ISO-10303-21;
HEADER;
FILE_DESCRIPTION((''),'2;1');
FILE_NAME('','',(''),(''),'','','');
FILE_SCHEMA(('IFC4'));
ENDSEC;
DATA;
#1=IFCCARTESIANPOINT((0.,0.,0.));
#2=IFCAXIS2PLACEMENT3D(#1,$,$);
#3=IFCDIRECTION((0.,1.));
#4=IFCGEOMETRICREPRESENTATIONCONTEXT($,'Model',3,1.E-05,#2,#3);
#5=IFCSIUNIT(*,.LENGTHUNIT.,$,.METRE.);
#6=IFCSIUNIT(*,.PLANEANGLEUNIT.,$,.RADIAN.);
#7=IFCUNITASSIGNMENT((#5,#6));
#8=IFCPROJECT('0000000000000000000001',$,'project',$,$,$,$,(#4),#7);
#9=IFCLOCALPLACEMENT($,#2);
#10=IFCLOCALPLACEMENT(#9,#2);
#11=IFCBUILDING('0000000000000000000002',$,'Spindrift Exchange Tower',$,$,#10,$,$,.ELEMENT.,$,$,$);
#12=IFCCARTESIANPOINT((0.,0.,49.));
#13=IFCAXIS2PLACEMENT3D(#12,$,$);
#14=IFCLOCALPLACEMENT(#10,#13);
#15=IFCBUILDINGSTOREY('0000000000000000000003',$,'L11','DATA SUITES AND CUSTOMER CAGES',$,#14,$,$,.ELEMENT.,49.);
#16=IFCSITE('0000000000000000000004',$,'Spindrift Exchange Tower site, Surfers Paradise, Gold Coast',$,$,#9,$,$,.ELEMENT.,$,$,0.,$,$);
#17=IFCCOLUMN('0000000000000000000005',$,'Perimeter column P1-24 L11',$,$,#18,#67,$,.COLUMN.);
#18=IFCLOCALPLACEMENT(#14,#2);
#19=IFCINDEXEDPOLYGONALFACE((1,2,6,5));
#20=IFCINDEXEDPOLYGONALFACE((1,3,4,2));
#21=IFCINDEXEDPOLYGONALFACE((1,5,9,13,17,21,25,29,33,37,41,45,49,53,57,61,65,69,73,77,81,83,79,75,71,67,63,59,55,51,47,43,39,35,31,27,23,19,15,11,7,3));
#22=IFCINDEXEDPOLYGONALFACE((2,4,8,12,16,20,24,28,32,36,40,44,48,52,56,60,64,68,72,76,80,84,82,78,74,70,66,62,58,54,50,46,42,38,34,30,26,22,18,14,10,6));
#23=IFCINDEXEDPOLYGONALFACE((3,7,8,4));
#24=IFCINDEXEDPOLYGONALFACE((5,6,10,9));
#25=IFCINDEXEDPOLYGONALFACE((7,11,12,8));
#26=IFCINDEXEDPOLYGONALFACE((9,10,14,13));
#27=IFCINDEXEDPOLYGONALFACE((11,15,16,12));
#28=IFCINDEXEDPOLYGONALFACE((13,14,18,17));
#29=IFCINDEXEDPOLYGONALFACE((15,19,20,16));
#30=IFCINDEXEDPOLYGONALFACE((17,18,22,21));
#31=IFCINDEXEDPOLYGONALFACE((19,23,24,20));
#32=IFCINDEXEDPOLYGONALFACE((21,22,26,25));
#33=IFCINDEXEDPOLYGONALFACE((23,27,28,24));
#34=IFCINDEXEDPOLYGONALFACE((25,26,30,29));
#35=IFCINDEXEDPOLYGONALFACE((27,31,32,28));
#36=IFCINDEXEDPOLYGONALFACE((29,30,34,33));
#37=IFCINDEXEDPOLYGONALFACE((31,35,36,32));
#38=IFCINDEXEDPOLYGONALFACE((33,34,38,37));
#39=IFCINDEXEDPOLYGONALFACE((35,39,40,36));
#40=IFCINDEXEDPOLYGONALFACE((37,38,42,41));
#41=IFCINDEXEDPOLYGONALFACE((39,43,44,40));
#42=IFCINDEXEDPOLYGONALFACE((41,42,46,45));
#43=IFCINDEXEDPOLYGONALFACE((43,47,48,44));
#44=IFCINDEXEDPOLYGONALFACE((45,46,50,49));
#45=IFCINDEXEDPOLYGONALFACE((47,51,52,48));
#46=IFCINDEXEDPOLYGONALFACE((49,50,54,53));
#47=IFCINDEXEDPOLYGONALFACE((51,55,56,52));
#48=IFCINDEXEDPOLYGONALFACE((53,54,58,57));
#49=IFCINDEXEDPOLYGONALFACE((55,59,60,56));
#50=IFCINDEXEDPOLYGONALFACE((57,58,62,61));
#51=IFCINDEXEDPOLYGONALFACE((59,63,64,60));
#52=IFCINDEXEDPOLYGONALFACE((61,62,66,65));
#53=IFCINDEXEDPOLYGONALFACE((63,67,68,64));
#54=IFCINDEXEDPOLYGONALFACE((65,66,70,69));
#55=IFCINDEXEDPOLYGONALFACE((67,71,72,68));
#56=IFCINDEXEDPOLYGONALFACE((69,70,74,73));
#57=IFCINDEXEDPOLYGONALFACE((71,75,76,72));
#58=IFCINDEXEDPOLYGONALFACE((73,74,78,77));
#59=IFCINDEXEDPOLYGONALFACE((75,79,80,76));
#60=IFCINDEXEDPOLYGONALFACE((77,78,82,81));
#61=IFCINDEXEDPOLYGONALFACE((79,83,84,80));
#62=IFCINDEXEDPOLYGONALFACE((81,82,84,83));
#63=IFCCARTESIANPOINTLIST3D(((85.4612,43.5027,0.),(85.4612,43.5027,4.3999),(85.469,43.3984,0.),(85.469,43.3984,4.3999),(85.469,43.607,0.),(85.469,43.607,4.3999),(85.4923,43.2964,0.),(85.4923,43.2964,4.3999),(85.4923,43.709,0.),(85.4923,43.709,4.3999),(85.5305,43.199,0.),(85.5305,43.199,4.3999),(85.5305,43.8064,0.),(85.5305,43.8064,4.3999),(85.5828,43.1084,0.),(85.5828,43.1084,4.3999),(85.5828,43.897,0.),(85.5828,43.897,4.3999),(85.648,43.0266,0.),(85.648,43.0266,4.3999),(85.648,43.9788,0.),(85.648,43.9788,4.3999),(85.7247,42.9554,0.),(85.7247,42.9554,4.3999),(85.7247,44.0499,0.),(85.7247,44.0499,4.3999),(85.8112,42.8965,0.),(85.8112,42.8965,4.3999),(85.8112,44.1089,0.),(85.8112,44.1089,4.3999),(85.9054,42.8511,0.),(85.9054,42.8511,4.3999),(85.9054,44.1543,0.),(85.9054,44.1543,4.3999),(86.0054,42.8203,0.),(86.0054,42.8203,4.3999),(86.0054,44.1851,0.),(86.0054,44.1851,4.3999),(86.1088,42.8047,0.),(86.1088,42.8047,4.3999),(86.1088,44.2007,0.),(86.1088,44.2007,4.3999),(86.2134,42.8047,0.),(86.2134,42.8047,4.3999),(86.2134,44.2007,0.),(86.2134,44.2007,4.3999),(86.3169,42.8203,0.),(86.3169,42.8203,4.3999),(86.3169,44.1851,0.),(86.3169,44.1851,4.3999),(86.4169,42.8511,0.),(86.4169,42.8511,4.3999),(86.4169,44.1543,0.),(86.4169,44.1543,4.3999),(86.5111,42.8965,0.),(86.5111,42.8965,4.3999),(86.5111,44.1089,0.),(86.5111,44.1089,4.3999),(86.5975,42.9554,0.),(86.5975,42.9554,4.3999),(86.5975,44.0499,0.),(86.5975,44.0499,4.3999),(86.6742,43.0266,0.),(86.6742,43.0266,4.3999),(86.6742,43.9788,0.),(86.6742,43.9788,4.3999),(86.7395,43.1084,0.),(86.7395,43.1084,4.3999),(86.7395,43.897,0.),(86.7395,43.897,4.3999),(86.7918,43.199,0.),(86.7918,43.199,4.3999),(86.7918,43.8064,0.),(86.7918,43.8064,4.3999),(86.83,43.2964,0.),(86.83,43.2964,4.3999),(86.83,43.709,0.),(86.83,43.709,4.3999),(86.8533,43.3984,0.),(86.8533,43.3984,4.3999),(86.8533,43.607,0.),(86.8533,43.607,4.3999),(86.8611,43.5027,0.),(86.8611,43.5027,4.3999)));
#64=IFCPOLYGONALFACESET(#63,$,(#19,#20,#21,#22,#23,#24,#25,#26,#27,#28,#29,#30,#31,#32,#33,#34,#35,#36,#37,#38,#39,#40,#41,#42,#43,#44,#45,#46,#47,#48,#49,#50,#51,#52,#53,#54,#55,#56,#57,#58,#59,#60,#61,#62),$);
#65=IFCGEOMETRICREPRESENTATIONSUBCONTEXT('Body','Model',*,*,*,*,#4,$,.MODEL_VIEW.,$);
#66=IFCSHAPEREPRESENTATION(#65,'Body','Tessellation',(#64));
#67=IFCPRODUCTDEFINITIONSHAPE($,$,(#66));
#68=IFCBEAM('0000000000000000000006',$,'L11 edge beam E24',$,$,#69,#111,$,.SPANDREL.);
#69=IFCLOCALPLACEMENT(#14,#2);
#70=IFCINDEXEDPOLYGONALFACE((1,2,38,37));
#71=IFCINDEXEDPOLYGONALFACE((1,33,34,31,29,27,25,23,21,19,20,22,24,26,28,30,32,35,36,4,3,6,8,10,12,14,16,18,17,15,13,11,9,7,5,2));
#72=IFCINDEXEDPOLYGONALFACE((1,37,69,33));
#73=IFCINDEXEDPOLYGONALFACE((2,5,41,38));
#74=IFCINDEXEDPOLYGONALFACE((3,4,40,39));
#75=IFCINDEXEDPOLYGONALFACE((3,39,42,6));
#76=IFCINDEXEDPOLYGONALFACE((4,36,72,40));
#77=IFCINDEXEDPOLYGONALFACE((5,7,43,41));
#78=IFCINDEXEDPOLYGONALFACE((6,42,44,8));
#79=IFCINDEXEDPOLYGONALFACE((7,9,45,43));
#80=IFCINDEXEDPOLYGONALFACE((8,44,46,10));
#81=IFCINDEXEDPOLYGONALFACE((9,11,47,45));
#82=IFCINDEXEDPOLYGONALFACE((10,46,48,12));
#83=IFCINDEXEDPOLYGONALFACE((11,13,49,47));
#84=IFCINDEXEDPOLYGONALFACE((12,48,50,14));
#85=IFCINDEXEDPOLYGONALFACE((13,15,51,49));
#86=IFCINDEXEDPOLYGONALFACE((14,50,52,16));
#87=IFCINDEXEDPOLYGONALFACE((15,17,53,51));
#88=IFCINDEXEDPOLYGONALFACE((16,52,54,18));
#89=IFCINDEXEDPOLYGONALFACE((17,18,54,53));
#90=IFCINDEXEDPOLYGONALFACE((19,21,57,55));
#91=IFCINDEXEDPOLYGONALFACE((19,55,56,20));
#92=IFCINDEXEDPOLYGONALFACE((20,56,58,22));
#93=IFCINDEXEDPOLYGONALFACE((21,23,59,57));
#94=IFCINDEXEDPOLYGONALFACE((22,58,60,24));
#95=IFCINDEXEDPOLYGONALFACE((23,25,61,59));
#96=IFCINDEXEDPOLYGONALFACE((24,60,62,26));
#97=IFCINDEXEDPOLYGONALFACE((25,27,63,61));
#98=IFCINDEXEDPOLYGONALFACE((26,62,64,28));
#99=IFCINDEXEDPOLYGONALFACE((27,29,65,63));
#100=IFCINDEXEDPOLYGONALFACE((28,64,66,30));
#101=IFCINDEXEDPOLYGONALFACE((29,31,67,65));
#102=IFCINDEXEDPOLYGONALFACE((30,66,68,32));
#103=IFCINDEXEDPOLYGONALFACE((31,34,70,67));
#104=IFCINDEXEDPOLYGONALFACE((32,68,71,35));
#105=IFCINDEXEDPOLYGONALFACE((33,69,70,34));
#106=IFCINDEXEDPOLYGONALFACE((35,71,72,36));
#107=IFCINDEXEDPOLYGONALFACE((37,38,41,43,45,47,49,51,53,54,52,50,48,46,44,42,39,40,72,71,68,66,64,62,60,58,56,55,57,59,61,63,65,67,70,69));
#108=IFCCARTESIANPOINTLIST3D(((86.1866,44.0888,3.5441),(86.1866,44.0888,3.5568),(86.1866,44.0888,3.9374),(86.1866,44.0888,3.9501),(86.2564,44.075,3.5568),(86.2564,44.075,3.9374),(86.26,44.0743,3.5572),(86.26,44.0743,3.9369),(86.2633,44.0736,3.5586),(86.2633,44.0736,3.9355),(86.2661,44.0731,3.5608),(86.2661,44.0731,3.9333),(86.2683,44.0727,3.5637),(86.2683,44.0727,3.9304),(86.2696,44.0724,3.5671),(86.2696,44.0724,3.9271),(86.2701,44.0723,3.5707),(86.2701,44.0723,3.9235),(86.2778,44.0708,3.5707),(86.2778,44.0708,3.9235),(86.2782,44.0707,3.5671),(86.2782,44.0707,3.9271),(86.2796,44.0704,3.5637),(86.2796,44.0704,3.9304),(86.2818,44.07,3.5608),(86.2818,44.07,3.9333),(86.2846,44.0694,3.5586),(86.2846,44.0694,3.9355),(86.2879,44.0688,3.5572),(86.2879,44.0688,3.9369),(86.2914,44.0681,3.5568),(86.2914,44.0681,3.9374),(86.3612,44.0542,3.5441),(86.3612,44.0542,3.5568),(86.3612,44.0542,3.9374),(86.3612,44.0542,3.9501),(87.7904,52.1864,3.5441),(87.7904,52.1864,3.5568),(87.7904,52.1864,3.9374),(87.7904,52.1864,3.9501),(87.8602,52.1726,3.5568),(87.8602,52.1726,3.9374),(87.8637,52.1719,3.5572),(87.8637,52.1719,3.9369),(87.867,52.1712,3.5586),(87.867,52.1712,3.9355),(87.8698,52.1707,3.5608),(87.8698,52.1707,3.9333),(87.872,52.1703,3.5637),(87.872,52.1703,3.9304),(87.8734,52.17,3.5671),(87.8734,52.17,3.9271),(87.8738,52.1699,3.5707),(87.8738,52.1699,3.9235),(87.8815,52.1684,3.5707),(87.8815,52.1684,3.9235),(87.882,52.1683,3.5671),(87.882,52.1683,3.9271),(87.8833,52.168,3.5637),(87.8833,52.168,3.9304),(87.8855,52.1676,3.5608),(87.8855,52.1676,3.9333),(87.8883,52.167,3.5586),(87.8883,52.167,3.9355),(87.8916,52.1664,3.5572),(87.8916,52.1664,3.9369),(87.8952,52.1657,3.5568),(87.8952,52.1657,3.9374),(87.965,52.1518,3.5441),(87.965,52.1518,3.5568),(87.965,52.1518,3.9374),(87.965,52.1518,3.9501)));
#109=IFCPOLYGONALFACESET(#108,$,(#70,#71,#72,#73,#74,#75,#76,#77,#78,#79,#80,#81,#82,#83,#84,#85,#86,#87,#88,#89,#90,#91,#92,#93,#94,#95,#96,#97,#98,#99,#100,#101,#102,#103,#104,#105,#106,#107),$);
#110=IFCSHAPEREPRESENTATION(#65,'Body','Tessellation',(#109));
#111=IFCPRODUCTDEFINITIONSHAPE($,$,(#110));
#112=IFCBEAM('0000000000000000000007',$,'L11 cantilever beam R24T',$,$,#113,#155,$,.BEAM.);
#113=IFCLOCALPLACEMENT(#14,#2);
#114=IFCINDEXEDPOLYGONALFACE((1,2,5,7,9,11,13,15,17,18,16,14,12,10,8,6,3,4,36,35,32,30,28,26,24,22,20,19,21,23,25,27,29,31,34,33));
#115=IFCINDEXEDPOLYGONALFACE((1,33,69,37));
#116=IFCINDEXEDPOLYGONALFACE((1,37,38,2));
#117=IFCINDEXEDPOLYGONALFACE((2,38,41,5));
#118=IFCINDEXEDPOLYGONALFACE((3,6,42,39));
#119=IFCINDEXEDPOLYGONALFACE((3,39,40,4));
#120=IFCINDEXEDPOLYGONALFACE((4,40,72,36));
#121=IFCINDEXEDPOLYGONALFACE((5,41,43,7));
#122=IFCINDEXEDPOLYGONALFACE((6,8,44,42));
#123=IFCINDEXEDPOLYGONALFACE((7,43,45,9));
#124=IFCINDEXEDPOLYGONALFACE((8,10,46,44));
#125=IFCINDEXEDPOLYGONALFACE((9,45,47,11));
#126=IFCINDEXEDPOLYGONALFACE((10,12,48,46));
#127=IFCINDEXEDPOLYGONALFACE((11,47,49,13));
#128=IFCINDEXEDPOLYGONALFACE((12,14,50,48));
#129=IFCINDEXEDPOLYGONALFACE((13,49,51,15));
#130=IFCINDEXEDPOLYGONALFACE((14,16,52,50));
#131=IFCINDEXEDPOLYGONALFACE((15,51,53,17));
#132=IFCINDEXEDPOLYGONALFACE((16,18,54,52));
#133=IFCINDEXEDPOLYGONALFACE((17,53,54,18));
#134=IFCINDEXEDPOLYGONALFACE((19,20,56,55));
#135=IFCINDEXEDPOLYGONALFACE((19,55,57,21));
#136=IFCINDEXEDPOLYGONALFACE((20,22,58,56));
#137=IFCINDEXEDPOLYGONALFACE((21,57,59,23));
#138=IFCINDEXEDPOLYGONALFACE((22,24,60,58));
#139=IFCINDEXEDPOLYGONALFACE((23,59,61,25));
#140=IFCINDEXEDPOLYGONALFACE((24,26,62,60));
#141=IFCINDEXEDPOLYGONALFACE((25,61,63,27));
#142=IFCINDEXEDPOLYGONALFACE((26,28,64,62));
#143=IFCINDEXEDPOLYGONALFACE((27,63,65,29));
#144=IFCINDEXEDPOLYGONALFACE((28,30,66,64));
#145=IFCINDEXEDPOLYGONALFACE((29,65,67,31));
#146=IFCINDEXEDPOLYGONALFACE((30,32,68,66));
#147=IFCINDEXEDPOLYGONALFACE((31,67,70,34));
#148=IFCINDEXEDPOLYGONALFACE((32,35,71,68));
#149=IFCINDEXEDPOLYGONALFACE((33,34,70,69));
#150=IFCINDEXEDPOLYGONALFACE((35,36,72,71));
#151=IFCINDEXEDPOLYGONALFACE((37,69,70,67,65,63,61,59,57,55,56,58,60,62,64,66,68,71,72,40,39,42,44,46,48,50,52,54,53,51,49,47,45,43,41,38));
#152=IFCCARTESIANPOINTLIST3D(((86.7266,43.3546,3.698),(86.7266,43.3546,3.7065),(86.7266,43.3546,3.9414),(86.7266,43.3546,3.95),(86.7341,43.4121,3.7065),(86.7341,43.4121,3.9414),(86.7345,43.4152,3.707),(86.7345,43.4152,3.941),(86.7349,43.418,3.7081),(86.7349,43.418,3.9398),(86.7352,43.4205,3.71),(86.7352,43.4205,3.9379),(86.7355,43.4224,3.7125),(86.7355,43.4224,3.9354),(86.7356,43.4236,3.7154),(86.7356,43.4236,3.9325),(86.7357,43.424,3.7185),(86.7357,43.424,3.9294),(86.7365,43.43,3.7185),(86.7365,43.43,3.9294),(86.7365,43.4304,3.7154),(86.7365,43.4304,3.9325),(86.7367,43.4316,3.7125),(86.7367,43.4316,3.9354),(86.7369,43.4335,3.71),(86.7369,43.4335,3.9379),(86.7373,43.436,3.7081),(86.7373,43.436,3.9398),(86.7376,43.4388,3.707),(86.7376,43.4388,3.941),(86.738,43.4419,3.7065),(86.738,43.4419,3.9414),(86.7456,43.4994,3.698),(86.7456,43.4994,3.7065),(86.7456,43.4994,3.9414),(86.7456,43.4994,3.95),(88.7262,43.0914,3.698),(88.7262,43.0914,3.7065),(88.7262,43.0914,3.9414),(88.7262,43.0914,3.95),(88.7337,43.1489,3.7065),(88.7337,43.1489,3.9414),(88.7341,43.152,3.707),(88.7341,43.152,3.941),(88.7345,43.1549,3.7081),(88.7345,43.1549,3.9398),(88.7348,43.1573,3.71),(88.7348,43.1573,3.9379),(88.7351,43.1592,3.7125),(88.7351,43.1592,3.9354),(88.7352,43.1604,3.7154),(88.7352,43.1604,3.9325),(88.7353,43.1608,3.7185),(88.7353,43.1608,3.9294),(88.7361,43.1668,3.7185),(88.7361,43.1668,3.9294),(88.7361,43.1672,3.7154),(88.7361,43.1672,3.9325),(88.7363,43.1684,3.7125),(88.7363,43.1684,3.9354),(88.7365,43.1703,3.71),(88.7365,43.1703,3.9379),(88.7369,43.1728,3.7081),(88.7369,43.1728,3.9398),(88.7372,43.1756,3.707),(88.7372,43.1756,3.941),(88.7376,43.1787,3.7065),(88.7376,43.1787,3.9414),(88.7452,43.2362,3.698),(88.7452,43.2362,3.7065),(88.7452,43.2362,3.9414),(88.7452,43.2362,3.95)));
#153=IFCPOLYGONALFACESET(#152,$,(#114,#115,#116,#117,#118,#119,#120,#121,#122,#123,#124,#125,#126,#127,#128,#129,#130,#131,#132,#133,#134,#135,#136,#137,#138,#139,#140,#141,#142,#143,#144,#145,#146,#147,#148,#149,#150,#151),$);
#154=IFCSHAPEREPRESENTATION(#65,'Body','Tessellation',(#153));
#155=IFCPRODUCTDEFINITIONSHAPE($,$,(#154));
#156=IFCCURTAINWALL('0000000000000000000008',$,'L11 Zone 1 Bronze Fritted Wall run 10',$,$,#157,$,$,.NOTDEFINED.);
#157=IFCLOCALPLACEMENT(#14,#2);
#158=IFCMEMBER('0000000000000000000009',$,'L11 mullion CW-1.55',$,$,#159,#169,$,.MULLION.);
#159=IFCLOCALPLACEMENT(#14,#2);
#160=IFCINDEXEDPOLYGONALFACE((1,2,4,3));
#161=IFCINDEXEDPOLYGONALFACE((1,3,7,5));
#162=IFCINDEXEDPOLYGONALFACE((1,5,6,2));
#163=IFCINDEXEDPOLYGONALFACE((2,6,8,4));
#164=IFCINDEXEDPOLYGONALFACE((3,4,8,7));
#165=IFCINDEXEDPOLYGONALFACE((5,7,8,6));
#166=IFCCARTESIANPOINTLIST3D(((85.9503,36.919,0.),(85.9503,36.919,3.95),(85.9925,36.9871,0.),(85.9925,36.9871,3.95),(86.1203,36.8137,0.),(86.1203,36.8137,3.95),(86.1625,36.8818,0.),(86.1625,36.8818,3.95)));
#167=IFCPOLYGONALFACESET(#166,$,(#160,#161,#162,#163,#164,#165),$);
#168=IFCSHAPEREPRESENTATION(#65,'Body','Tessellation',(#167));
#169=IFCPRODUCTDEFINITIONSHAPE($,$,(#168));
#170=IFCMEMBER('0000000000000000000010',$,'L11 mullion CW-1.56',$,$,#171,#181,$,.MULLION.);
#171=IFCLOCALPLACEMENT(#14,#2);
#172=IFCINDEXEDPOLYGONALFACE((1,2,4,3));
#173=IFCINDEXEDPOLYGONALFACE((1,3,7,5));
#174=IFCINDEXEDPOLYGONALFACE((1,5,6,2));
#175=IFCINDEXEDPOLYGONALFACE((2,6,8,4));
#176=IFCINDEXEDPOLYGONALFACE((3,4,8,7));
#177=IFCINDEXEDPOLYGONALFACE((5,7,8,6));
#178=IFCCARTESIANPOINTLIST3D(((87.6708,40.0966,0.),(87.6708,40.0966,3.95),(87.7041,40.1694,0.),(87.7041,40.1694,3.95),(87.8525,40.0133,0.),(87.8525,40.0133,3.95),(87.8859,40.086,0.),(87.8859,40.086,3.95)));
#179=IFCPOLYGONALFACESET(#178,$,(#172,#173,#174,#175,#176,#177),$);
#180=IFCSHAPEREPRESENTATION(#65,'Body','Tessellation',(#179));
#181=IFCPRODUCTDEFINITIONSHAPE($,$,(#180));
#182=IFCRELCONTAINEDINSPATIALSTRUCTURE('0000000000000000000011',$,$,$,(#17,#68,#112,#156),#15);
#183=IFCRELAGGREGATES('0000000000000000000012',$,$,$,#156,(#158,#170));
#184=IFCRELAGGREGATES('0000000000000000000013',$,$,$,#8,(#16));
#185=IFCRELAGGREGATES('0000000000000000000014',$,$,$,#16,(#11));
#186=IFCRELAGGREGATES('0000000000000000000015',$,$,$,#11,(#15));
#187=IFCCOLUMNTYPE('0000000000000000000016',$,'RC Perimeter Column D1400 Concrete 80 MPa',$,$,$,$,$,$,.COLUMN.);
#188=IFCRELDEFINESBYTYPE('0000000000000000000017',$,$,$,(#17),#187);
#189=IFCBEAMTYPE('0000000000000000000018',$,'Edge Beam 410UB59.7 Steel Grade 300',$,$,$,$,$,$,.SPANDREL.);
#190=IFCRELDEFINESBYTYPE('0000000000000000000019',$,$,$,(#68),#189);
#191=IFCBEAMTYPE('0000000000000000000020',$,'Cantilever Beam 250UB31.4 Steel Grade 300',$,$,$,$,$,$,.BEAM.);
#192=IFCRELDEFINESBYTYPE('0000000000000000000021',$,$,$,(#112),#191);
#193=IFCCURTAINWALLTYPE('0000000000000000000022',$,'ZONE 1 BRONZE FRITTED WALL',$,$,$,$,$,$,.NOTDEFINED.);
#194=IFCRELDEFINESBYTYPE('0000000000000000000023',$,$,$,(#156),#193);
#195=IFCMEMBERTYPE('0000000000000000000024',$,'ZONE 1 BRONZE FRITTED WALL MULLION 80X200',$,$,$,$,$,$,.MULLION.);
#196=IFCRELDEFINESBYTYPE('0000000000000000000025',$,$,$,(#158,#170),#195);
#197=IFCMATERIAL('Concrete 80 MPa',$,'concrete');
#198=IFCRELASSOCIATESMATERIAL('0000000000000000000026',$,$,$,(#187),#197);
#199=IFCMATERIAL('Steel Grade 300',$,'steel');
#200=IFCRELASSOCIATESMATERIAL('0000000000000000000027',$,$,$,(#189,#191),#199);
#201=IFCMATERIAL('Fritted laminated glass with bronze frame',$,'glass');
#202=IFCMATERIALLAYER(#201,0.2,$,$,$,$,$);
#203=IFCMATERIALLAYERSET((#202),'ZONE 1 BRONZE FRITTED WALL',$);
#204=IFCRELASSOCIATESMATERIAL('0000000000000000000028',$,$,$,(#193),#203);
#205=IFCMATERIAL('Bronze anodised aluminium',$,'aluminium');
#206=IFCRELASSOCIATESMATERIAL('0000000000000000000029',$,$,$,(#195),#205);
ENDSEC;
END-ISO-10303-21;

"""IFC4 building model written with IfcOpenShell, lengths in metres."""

from ifc_helpers import new_model, si_unit, direction, frame, origin, origin_2d, place, context, subcontext, project, spatial, rectangle, circle, i_section, extrude, source, transform, mapped, material, layer, layer_set, material_profile, profile_set, type_object, element, aggregate, save


model = new_model("IFC4")

# Units and contexts
model_context = context("Model", 3, precision=1e-05, world=origin(), true_north=direction((0.0, 1.0)))
body_context = subcontext(model_context, "Body", "Model", "MODEL_VIEW")
ifc_project = project(units=[si_unit("LENGTHUNIT", "METRE"), si_unit("PLANEANGLEUNIT", "RADIAN")], contexts=[model_context])

# Site, building, storey
site_placement = place(None, origin())
site = spatial("IfcSite", under=ifc_project, at=site_placement, Name="Spindrift Exchange Tower site, Surfers Paradise, Gold Coast", CompositionType="ELEMENT", RefElevation=0.0)
building_placement = place(site_placement, origin())
building = spatial("IfcBuilding", under=site, at=building_placement, Name="Spindrift Exchange Tower", CompositionType="ELEMENT")
storey_placement = place(building_placement, frame((0.0, 0.0, 49.0)))
storey = spatial("IfcBuildingStorey", under=building, at=storey_placement, Name="L11", Description="DATA SUITES AND CUSTOMER CAGES", CompositionType="ELEMENT", Elevation=49.0)

# Column
ifc_material_1 = material(Name="Concrete 80 MPa", Category="concrete")
ifc_material_profile_1 = material_profile(ifc_material_1, circle(Radius=0.7, at=origin_2d()), Name="RC D1400")
ifc_profile_set_1 = profile_set([ifc_material_profile_1], Name="Concrete 80 MPa")
column_type = type_object("IfcColumnType", Name="RC Perimeter Column D1400 Concrete 80 MPa", PredefinedType="COLUMN", material=ifc_profile_set_1)
shared_shape_1 = source(origin(), body_context, "Body", "SweptSolid", [
    extrude(circle(Radius=0.7, at=origin_2d()), origin(), (0.0, 0.0, 1.0), 4.3999),
])
column_placement = place(storey_placement, frame((86.1611, 43.5027, 0.0), z_axis=(0.0, 0.0, 1.0), x_axis=(1.0, 0.0, 0.0)))
element("IfcColumn", 1, at=column_placement, inside=storey, type_object=column_type, Name="Perimeter column P1-24 L11", PredefinedType="COLUMN", context=body_context, shape_type="MappedRepresentation", body=[
    mapped(shared_shape_1, transform((0.0, 0.0, 0.0), scale=1.0)),
])

# Beams
ifc_material_2 = material(Name="Steel Grade 300", Category="steel")
ifc_material_profile_2 = material_profile(ifc_material_2, i_section(OverallWidth=0.178, OverallDepth=0.406, WebThickness=0.0078, FlangeThickness=0.0127, FilletRadius=0.0139, at=origin_2d()), Name="410UB59.7")
ifc_profile_set_2 = profile_set([ifc_material_profile_2], Name="Steel Grade 300")
beam_type_1 = type_object("IfcBeamType", Name="Edge Beam 410UB59.7 Steel Grade 300", PredefinedType="SPANDREL", material=ifc_profile_set_2)
shared_shape_2 = source(origin(), body_context, "Body", "SweptSolid", [
    extrude(i_section(OverallWidth=0.178, OverallDepth=0.406, WebThickness=0.0078, FlangeThickness=0.0127, FilletRadius=0.0139, at=origin_2d()), origin(), (0.0, 0.0, 1.0), 8.2549),
])
beam_1_placement = place(storey_placement, frame((86.2739, 44.0715, 3.7471), z_axis=(0.194279, 0.980946, 0.0), x_axis=(-0.980946, 0.194279, 0.0)))
element("IfcBeam", 2, at=beam_1_placement, inside=storey, type_object=beam_type_1, Name="L11 edge beam E24", PredefinedType="SPANDREL", context=body_context, shape_type="MappedRepresentation", body=[
    mapped(shared_shape_2, transform((0.0, 0.0, 0.0), scale=1.0)),
])
ifc_material_profile_3 = material_profile(ifc_material_2, i_section(OverallWidth=0.146, OverallDepth=0.252, WebThickness=0.0061, FlangeThickness=0.0085, FilletRadius=0.012, at=origin_2d()), Name="250UB31.4")
ifc_profile_set_3 = profile_set([ifc_material_profile_3], Name="Steel Grade 300")
beam_type_2 = type_object("IfcBeamType", Name="Cantilever Beam 250UB31.4 Steel Grade 300", PredefinedType="BEAM", material=ifc_profile_set_3)
shared_shape_3 = source(origin(), body_context, "Body", "SweptSolid", [
    extrude(i_section(OverallWidth=0.146, OverallDepth=0.252, WebThickness=0.0061, FlangeThickness=0.0085, FilletRadius=0.012, at=origin_2d()), origin(), (0.0, 0.0, 1.0), 2.0168),
])
beam_2_placement = place(storey_placement, frame((86.7361, 43.427, 3.824), z_axis=(0.991449, -0.130498, 0.0), x_axis=(0.130498, 0.991449, 0.0)))
element("IfcBeam", 3, at=beam_2_placement, inside=storey, type_object=beam_type_2, Name="L11 cantilever beam R24T", PredefinedType="BEAM", context=body_context, shape_type="MappedRepresentation", body=[
    mapped(shared_shape_3, transform((0.0, 0.0, 0.0), scale=1.0)),
])

# Curtain wall, members
ifc_material_3 = material(Name="Fritted laminated glass with bronze frame", Category="glass")
ifc_layer_1 = layer(ifc_material_3, 0.2)
ifc_layer_set_1 = layer_set([ifc_layer_1], Name="ZONE 1 BRONZE FRITTED WALL")
curtain_wall_type = type_object("IfcCurtainWallType", Name="ZONE 1 BRONZE FRITTED WALL", PredefinedType="NOTDEFINED", material=ifc_layer_set_1)
curtain_wall_placement = place(storey_placement, origin())
curtain_wall = element("IfcCurtainWall", 4, at=curtain_wall_placement, inside=storey, type_object=curtain_wall_type, Name="L11 Zone 1 Bronze Fritted Wall run 10", PredefinedType="NOTDEFINED")
ifc_material_4 = material(Name="Bronze anodised aluminium", Category="aluminium")
ifc_material_profile_4 = material_profile(ifc_material_4, rectangle(XDim=0.0801, YDim=0.2, at=origin_2d()), Name="ZONE 1 BRONZE FRITTED WALL MULLION 80X200")
ifc_profile_set_4 = profile_set([ifc_material_profile_4], Name="Bronze anodised aluminium")
member_type_1 = type_object("IfcMemberType", Name="ZONE 1 BRONZE FRITTED WALL MULLION 80X200", PredefinedType="MULLION", material=ifc_profile_set_4)
shared_shape_4 = source(origin(), body_context, "Body", "SweptSolid", [
    extrude(rectangle(XDim=0.0801, YDim=0.2, at=origin_2d()), origin(), (0.0, 0.0, 1.0), 3.95),
])
member_1_placement = place(storey_placement, frame((86.0564, 36.9004, 0.0), z_axis=(0.0, 0.0, 1.0), x_axis=(0.526561, 0.850137, 0.0)))
member_1 = element("IfcMember", 5, at=member_1_placement, type_object=member_type_1, Name="L11 mullion CW-1.55", PredefinedType="MULLION", context=body_context, shape_type="MappedRepresentation", body=[
    mapped(shared_shape_4, transform((0.0, 0.0, 0.0), scale=1.0)),
])
member_2_placement = place(storey_placement, frame((87.7783, 40.0913, 0.0), z_axis=(0.0, 0.0, 1.0), x_axis=(0.416682, 0.909052, 0.0)))
member_2 = element("IfcMember", 6, at=member_2_placement, type_object=member_type_1, Name="L11 mullion CW-1.56", PredefinedType="MULLION", context=body_context, shape_type="MappedRepresentation", body=[
    mapped(shared_shape_4, transform((0.0, 0.0, 0.0), scale=1.0)),
])
aggregate(curtain_wall, [member_1, member_2])

save(model, "model.ifc")
